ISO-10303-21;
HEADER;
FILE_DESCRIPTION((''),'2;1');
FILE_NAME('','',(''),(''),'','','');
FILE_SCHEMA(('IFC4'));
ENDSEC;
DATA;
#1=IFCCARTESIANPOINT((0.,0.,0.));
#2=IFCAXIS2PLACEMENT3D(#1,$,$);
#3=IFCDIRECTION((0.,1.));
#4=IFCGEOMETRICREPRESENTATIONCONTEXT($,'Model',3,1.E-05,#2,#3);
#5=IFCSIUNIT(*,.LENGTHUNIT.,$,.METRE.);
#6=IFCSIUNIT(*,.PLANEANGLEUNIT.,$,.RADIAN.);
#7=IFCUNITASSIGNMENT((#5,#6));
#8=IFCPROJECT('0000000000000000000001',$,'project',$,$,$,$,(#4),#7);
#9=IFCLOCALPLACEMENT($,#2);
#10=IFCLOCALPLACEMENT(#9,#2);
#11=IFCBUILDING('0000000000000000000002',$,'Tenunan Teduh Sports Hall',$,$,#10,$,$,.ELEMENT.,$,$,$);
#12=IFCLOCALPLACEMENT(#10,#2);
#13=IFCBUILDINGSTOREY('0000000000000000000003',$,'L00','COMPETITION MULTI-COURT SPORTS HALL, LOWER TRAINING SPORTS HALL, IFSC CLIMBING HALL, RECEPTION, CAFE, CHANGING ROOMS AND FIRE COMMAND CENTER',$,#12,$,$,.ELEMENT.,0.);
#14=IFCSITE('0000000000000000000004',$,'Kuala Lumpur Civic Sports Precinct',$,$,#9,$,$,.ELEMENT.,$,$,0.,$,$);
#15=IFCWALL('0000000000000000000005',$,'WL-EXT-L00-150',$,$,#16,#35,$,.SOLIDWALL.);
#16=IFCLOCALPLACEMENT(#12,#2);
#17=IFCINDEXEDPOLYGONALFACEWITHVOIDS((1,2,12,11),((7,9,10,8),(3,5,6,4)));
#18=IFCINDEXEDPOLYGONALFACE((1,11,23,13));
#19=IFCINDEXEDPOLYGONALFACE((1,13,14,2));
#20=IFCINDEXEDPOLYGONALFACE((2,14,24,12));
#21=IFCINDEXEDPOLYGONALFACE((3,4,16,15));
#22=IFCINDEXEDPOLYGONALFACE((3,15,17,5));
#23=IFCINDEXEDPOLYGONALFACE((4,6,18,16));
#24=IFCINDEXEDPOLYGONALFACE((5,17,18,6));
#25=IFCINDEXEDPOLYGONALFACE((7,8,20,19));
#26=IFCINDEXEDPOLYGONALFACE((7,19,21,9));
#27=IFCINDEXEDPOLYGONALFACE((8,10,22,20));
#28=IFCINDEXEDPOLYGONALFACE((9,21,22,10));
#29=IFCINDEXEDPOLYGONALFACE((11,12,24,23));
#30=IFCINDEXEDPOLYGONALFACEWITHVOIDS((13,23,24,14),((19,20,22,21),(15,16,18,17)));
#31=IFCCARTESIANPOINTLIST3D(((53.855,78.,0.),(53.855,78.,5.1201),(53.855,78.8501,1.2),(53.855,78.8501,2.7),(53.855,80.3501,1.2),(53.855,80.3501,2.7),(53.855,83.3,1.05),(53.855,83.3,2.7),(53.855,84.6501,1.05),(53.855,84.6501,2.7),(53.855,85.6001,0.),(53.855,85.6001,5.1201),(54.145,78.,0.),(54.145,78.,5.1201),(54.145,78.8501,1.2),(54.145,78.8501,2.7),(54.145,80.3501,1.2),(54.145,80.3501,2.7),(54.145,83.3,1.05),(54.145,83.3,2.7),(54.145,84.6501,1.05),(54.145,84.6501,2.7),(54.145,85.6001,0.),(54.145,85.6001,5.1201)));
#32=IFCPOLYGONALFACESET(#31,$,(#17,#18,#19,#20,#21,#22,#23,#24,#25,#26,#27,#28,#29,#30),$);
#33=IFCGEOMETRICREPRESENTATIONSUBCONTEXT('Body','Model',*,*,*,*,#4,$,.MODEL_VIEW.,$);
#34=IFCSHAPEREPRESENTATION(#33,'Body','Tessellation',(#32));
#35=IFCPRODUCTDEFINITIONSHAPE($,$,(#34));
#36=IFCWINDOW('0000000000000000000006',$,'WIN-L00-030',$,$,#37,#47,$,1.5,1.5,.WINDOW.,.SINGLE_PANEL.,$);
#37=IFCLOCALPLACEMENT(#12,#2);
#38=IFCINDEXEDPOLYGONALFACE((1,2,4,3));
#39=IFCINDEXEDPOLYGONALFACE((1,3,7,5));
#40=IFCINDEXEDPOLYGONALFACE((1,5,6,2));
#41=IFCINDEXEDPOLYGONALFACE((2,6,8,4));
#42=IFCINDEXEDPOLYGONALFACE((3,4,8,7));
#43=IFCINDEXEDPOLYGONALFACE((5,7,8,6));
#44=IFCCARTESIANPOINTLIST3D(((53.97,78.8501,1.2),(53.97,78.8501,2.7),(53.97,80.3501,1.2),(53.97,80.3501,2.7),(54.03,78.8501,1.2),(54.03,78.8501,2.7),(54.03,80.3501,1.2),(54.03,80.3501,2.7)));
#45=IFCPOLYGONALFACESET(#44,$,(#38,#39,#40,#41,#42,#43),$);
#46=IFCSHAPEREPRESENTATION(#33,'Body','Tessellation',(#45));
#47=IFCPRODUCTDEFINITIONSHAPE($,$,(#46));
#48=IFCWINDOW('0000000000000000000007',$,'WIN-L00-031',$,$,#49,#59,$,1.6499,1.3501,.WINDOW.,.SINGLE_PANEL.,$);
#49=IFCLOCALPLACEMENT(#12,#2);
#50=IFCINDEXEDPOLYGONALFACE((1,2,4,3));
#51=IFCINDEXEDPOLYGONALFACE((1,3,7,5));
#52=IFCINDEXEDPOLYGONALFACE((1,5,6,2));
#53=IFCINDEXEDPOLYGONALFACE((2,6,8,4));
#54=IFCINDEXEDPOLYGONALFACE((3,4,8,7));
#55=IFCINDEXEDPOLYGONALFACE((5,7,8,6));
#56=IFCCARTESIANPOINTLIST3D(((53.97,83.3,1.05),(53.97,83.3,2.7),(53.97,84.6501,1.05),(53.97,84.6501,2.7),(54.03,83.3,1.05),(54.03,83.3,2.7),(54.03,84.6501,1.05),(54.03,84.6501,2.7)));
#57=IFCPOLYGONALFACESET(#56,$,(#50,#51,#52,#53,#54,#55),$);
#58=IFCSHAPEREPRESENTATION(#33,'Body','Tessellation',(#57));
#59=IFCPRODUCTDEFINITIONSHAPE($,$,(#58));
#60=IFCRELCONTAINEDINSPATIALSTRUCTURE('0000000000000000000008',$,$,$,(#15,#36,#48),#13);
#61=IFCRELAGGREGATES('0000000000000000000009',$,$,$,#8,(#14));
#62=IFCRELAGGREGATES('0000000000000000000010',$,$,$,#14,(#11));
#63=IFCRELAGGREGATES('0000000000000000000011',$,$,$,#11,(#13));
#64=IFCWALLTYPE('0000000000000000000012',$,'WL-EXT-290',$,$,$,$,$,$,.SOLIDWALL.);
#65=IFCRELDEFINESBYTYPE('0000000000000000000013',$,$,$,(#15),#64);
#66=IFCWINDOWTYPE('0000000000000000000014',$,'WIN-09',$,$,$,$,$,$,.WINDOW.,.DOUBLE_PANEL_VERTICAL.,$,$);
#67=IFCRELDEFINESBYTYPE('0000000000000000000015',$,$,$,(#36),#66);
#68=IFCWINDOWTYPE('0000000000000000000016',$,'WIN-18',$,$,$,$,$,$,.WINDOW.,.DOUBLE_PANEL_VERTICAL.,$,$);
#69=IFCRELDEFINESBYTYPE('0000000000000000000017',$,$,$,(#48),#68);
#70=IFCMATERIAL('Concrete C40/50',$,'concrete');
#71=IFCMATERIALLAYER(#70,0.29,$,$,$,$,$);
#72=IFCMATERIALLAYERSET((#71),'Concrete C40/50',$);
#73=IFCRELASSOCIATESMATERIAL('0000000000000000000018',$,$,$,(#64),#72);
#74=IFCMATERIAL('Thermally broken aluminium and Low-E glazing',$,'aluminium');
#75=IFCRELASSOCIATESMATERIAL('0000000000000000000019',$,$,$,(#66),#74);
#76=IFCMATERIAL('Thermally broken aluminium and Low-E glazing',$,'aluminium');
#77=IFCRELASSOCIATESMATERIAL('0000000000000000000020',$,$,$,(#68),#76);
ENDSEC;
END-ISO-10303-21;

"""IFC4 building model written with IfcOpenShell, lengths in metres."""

from ifc_helpers import new_model, si_unit, direction, frame, frame_2d, origin, place, context, subcontext, project, spatial, rectangle, extrude, material, layer, layer_set, type_object, element, fill, save


model = new_model("IFC4")

# Units and contexts
model_context = context("Model", 3, precision=1e-05, world=origin(), true_north=direction((0.0, 1.0)))
body_context = subcontext(model_context, "Body", "Model", "MODEL_VIEW")
ifc_project = project(units=[si_unit("LENGTHUNIT", "METRE"), si_unit("PLANEANGLEUNIT", "RADIAN")], contexts=[model_context])

# Site, building, storey
site_placement = place(None, origin())
site = spatial("IfcSite", under=ifc_project, at=site_placement, Name="Kuala Lumpur Civic Sports Precinct", CompositionType="ELEMENT", RefElevation=0.0)
building_placement = place(site_placement, origin())
building = spatial("IfcBuilding", under=site, at=building_placement, Name="Tenunan Teduh Sports Hall", CompositionType="ELEMENT")
storey_placement = place(building_placement, origin())
storey = spatial("IfcBuildingStorey", under=building, at=storey_placement, Name="L00", Description="COMPETITION MULTI-COURT SPORTS HALL, LOWER TRAINING SPORTS HALL, IFSC CLIMBING HALL, RECEPTION, CAFE, CHANGING ROOMS AND FIRE COMMAND CENTER", CompositionType="ELEMENT", Elevation=0.0)

# Wall, openings, windows
ifc_material_1 = material(Name="Concrete C40/50", Category="concrete")
ifc_layer_1 = layer(ifc_material_1, 0.29)
ifc_layer_set_1 = layer_set([ifc_layer_1], Name="Concrete C40/50")
wall_type_1 = type_object("IfcWallType", Name="WL-EXT-290", PredefinedType="SOLIDWALL", material=ifc_layer_set_1)
wall_1_placement = place(storey_placement, frame((54.0, 78.0, 0.0), z_axis=(0.0, 0.0, 1.0), x_axis=(0.0, 1.0, 0.0)))
wall_1 = element("IfcWall", 1, at=wall_1_placement, inside=storey, type_object=wall_type_1, Name="WL-EXT-L00-150", PredefinedType="SOLIDWALL", context=body_context, shape_type="SweptSolid", body=[
    extrude(rectangle(XDim=7.6001, YDim=0.29, at=frame_2d((3.8, 0.0))), origin(), (0.0, 0.0, 1.0), 5.1201),
])
opening_1_placement = place(wall_1_placement, frame((0.8501, 0.0, 1.2)))
opening_1 = element("IfcOpeningElement", 2, at=opening_1_placement, cuts=wall_1, PredefinedType="OPENING", context=body_context, shape_type="SweptSolid", body=[
    extrude(rectangle(XDim=1.5, YDim=1.5, at=frame_2d((0.75, 0.75))), frame((0.0, 0.155, 0.0), z_axis=(0.0, -1.0, 0.0), x_axis=(1.0, 0.0, 0.0)), (0.0, 0.0, 1.0), 0.3101),
])
opening_2_placement = place(wall_1_placement, frame((5.3, 0.0, 1.05)))
opening_2 = element("IfcOpeningElement", 3, at=opening_2_placement, cuts=wall_1, PredefinedType="OPENING", context=body_context, shape_type="SweptSolid", body=[
    extrude(rectangle(XDim=1.3501, YDim=1.6499, at=frame_2d((0.675, 0.825))), frame((0.0, 0.155, 0.0), z_axis=(0.0, -1.0, 0.0), x_axis=(1.0, 0.0, 0.0)), (0.0, 0.0, 1.0), 0.3101),
])
ifc_material_2 = material(Name="Thermally broken aluminium and Low-E glazing", Category="aluminium")
window_type_1 = type_object("IfcWindowType", Name="WIN-09", PartitioningType="DOUBLE_PANEL_VERTICAL", PredefinedType="WINDOW", material=ifc_material_2)
window_1_placement = place(opening_1_placement, origin())
window_1 = element("IfcWindow", 4, at=window_1_placement, inside=storey, type_object=window_type_1, Name="WIN-L00-030", OverallHeight=1.5, OverallWidth=1.5, PartitioningType="SINGLE_PANEL", PredefinedType="WINDOW", context=body_context, shape_type="SweptSolid", body=[
    extrude(rectangle(XDim=1.5, YDim=1.5, at=frame_2d((0.75, 0.75))), frame((0.0, 0.03, 0.0), z_axis=(0.0, -1.0, 0.0), x_axis=(1.0, 0.0, 0.0)), (0.0, 0.0, 1.0), 0.0601),
])
fill(opening_1, window_1)
ifc_material_3 = material(Name="Thermally broken aluminium and Low-E glazing", Category="aluminium")
window_type_2 = type_object("IfcWindowType", Name="WIN-18", PartitioningType="DOUBLE_PANEL_VERTICAL", PredefinedType="WINDOW", material=ifc_material_3)
window_2_placement = place(opening_2_placement, origin())
window_2 = element("IfcWindow", 5, at=window_2_placement, inside=storey, type_object=window_type_2, Name="WIN-L00-031", OverallHeight=1.6499, OverallWidth=1.3501, PartitioningType="SINGLE_PANEL", PredefinedType="WINDOW", context=body_context, shape_type="SweptSolid", body=[
    extrude(rectangle(XDim=1.3501, YDim=1.6499, at=frame_2d((0.675, 0.825))), frame((0.0, 0.03, 0.0), z_axis=(0.0, -1.0, 0.0), x_axis=(1.0, 0.0, 0.0)), (0.0, 0.0, 1.0), 0.0601),
])
fill(opening_2, window_2)

save(model, "model.ifc")
